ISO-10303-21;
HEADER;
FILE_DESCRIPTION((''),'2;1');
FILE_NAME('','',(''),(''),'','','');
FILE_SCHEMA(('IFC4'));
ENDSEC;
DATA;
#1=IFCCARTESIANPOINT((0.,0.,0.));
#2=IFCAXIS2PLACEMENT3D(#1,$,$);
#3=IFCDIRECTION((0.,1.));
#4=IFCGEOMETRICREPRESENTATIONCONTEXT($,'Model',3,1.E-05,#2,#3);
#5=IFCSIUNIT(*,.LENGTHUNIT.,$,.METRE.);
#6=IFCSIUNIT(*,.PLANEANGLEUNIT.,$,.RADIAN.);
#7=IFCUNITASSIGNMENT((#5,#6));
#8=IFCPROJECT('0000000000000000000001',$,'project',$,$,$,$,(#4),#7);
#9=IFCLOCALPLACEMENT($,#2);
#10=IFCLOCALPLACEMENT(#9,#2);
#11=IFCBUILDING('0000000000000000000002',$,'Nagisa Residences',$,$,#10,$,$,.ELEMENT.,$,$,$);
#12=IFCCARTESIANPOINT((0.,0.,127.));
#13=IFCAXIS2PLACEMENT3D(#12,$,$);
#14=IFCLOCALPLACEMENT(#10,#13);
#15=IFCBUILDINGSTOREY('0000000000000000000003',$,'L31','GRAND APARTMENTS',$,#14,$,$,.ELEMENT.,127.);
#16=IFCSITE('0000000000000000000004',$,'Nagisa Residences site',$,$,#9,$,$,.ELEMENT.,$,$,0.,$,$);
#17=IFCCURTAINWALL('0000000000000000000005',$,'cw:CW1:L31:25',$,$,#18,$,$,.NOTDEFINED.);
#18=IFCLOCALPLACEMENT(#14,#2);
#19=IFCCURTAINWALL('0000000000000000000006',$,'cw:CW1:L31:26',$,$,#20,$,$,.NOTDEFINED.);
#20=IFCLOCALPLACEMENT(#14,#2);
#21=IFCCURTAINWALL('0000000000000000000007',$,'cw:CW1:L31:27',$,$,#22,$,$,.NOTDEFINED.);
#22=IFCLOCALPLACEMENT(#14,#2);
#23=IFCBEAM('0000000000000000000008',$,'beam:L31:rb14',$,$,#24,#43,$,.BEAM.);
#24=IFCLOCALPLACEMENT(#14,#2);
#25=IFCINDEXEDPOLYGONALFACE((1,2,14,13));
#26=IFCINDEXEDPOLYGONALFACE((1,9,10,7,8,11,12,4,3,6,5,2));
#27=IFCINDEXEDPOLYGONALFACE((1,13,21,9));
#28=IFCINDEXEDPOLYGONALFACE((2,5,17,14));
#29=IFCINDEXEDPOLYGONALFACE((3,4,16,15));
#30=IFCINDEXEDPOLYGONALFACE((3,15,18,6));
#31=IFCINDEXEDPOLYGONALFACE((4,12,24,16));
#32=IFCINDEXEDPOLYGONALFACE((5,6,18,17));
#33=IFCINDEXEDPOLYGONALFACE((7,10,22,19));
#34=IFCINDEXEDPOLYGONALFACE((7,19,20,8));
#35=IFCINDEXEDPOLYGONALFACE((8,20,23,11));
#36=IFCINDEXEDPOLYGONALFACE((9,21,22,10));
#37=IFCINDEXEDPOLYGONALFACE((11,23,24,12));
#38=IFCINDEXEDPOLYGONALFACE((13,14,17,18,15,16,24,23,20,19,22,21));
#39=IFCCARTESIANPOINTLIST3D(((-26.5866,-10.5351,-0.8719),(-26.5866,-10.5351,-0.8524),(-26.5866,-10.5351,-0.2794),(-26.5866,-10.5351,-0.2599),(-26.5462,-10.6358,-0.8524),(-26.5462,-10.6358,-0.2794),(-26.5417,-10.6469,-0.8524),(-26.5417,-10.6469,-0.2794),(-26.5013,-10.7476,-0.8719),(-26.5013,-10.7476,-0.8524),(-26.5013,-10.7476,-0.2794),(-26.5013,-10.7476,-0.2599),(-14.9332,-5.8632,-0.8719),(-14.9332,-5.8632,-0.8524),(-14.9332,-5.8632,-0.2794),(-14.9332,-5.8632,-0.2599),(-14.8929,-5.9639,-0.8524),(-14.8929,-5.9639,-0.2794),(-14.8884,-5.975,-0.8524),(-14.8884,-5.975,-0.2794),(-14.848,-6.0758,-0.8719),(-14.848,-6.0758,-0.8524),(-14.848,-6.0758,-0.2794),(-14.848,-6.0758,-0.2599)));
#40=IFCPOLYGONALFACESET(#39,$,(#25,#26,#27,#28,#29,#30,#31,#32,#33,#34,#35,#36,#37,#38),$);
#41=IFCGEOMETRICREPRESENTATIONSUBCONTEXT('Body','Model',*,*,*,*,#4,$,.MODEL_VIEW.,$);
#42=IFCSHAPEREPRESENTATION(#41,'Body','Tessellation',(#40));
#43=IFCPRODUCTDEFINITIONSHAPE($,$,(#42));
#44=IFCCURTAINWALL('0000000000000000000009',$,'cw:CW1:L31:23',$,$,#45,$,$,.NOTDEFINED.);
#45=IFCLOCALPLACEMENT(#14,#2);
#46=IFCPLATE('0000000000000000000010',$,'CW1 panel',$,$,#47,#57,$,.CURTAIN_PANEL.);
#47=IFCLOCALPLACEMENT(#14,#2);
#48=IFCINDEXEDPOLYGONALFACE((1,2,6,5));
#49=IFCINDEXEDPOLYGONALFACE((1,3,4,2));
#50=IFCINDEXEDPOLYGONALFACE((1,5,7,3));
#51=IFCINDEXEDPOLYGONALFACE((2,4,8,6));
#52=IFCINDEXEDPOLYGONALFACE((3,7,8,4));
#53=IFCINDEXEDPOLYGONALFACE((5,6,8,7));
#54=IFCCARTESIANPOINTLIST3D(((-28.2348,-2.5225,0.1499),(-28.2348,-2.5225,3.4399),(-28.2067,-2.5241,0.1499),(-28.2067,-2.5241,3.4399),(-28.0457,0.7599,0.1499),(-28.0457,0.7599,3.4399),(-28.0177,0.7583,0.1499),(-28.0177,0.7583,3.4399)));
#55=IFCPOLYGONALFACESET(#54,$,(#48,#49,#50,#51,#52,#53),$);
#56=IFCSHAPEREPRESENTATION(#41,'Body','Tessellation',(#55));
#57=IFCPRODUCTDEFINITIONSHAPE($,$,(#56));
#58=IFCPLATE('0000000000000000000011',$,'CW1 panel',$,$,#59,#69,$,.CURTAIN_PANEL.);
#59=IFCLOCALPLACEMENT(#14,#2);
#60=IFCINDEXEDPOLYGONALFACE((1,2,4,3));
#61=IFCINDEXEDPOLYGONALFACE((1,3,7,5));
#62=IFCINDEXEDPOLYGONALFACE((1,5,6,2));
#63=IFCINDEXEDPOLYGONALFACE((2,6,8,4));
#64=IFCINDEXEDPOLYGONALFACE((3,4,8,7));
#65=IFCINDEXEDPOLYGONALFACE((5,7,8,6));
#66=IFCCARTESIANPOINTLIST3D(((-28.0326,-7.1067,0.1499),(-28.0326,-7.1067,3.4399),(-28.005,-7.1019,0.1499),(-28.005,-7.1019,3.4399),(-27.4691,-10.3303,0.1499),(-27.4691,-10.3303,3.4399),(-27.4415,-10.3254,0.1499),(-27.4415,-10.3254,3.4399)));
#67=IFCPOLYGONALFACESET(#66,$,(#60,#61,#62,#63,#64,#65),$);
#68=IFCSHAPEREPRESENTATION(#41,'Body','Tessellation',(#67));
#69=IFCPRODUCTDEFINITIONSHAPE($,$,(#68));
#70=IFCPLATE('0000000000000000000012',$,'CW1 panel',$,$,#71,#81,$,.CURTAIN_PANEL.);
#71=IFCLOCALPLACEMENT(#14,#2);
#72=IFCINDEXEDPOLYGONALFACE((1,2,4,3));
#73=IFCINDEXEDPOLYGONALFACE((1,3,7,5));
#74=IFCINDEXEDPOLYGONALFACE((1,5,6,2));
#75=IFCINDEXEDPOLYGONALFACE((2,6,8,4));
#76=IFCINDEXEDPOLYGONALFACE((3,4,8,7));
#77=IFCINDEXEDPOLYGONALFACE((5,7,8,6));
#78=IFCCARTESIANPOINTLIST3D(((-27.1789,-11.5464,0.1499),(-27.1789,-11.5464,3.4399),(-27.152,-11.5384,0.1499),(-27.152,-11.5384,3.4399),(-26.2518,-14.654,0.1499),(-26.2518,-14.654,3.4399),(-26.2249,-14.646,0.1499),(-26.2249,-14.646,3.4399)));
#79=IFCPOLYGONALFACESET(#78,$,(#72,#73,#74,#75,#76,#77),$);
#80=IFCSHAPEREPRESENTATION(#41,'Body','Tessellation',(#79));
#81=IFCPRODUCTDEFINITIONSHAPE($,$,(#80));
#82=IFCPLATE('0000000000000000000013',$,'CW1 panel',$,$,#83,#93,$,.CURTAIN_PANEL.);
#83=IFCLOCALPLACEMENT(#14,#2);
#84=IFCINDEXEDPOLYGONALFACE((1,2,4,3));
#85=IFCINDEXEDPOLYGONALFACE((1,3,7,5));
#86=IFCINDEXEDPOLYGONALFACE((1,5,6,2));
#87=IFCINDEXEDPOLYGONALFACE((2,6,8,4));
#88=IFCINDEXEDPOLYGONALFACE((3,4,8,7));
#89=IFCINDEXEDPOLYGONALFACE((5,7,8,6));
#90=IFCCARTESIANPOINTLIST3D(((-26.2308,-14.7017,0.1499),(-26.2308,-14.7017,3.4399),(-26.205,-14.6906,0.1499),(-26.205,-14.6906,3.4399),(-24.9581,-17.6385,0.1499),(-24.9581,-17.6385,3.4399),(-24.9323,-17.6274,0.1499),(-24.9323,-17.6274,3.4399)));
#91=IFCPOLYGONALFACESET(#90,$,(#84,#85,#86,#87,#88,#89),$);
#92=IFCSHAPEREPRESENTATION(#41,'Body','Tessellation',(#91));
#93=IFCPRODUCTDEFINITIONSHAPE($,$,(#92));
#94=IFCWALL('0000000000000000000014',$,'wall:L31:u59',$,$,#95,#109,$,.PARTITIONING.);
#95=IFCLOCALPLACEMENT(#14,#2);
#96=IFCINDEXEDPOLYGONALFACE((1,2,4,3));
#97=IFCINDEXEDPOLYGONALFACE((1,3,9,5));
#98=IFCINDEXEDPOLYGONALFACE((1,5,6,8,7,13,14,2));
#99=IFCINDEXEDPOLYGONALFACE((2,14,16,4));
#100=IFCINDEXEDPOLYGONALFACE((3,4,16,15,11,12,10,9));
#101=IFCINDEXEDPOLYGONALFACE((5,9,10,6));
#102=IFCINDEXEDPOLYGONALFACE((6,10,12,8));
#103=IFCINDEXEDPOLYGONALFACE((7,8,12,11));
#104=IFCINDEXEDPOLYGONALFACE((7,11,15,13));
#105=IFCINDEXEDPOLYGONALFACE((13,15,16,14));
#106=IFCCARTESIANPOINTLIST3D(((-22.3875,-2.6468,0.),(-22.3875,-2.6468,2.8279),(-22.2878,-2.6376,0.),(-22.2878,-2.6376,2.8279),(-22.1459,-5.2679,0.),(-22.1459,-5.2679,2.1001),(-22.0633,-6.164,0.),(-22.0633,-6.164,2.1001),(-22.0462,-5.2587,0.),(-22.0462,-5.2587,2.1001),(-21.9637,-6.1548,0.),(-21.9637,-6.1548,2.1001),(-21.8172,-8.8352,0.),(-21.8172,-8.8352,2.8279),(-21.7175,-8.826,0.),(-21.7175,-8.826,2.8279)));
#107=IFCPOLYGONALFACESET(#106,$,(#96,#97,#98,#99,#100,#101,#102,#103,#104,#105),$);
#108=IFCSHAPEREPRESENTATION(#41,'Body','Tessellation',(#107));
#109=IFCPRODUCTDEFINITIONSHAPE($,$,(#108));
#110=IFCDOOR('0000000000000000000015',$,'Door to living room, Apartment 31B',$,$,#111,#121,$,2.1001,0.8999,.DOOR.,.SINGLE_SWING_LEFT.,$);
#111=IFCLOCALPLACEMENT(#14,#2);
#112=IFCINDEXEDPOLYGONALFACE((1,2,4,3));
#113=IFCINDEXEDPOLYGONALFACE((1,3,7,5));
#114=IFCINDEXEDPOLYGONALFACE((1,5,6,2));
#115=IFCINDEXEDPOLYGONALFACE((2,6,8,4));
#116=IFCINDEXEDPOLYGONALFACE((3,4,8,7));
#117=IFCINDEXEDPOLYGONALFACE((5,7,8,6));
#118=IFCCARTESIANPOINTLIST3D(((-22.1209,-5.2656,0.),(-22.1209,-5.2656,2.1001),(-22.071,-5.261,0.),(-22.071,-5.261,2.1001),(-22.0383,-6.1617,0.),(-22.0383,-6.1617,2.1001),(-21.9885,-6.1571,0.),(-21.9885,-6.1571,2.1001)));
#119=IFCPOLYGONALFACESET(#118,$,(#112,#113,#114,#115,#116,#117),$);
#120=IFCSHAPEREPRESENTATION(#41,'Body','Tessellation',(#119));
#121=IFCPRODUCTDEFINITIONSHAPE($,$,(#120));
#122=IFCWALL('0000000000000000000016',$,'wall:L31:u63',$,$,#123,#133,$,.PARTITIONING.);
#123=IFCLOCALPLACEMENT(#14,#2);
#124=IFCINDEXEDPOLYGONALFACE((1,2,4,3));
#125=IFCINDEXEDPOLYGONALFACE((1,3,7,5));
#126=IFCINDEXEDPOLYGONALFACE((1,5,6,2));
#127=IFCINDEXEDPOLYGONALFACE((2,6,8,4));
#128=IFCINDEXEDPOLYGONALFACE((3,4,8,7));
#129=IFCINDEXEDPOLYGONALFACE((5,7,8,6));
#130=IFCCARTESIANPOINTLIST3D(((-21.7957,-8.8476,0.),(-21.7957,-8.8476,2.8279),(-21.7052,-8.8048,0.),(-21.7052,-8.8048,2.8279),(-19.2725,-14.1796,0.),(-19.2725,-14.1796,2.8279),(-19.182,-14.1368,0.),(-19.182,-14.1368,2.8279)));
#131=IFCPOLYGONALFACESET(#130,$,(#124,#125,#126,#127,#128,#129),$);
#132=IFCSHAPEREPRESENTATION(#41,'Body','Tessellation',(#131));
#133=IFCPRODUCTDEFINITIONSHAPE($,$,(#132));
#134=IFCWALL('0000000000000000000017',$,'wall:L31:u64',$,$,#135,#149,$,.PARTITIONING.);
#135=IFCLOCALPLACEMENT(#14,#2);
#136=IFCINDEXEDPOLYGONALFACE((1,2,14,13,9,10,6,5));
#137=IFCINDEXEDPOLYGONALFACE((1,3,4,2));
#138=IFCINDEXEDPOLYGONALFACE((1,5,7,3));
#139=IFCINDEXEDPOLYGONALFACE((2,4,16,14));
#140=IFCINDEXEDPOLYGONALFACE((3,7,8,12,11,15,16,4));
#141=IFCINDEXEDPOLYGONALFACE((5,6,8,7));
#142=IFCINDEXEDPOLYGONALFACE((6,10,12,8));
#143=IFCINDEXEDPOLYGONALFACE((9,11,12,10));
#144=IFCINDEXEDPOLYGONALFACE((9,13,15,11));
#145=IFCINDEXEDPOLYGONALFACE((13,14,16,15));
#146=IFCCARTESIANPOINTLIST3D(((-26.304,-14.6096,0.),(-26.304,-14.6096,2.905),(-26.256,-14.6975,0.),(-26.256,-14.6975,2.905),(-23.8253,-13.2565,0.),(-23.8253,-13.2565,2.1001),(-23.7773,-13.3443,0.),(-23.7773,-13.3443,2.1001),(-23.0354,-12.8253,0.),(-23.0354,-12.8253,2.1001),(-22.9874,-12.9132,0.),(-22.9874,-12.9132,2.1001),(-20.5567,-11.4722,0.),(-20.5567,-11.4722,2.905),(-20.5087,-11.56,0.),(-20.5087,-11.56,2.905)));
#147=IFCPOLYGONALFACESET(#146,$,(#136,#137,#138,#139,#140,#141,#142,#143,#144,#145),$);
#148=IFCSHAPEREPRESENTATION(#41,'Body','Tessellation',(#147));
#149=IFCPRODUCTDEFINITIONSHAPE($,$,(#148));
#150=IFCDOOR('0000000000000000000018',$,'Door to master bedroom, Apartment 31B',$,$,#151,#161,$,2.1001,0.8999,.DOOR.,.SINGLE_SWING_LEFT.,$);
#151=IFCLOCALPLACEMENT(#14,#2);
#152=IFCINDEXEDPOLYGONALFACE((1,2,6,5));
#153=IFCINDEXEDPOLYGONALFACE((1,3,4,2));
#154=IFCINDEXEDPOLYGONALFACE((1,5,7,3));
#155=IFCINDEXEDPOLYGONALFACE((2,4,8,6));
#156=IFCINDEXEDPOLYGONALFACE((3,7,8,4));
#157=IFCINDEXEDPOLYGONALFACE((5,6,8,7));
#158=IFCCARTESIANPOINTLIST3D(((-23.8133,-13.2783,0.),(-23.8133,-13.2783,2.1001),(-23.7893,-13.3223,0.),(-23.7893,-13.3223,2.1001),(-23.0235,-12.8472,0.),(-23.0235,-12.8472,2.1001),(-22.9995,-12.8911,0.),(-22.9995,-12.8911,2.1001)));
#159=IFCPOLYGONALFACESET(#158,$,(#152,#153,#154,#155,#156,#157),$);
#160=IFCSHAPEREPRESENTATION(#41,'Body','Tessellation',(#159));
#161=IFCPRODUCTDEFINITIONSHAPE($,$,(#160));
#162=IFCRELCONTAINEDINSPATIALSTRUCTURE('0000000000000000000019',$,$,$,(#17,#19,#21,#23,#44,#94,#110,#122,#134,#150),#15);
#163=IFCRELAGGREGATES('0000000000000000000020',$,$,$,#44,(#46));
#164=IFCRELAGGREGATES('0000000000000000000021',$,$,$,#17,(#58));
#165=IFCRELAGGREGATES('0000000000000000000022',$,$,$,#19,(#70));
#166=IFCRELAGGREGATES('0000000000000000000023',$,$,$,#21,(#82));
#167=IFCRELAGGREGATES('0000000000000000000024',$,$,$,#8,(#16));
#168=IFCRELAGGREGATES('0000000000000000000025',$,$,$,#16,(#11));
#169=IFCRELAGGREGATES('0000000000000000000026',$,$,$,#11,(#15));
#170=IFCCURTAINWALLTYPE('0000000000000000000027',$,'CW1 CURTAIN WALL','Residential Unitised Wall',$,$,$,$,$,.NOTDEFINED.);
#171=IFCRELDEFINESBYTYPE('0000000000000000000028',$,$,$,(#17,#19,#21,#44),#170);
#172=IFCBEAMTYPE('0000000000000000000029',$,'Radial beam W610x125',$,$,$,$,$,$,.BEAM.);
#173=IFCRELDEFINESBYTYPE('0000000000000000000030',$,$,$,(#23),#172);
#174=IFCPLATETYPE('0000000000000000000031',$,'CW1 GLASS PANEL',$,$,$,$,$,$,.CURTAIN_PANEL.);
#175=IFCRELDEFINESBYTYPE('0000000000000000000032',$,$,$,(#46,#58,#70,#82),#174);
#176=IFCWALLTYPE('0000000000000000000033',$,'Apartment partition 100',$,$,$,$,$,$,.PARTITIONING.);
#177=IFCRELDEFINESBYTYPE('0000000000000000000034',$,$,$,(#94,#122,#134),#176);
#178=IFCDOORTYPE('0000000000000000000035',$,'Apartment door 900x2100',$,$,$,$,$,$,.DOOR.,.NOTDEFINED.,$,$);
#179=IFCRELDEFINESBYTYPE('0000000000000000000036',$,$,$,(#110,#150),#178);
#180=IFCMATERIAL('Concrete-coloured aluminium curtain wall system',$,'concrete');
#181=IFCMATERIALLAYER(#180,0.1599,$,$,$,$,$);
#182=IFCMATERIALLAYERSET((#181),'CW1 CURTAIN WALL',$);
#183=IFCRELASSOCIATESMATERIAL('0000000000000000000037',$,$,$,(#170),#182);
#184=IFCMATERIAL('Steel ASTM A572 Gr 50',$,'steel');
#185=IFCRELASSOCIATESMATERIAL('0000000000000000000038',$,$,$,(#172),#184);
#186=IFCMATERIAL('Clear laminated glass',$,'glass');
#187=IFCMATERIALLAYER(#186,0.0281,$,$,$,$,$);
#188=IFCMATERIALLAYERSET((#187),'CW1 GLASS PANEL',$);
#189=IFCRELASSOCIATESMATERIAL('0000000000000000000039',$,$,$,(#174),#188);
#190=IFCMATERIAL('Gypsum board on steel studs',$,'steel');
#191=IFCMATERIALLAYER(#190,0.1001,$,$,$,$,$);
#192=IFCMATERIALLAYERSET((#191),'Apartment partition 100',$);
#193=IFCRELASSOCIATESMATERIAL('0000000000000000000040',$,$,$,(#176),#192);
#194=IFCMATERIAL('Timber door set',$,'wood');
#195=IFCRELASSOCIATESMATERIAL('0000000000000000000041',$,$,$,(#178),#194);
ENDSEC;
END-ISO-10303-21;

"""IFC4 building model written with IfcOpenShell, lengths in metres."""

from ifc_helpers import new_model, si_unit, direction, frame, frame_2d, origin, origin_2d, place, context, subcontext, project, spatial, rectangle, i_section, extrude, material, layer, layer_set, material_profile, profile_set, type_object, element, fill, aggregate, save


model = new_model("IFC4")

# Units and contexts
model_context = context("Model", 3, precision=1e-05, world=origin(), true_north=direction((0.0, 1.0)))
body_context = subcontext(model_context, "Body", "Model", "MODEL_VIEW")
ifc_project = project(units=[si_unit("LENGTHUNIT", "METRE"), si_unit("PLANEANGLEUNIT", "RADIAN")], contexts=[model_context])

# Site, building, storey
site_placement = place(None, origin())
site = spatial("IfcSite", under=ifc_project, at=site_placement, Name="Nagisa Residences site", CompositionType="ELEMENT", RefElevation=0.0)
building_placement = place(site_placement, origin())
building = spatial("IfcBuilding", under=site, at=building_placement, Name="Nagisa Residences", CompositionType="ELEMENT")
storey_placement = place(building_placement, frame((0.0, 0.0, 127.0)))
storey = spatial("IfcBuildingStorey", under=building, at=storey_placement, Name="L31", Description="GRAND APARTMENTS", CompositionType="ELEMENT", Elevation=127.0)

# Curtain walls
ifc_material_1 = material(Name="Concrete-coloured aluminium curtain wall system", Category="concrete")
ifc_layer_1 = layer(ifc_material_1, 0.1599)
ifc_layer_set_1 = layer_set([ifc_layer_1], Name="CW1 CURTAIN WALL")
curtain_wall_type = type_object("IfcCurtainWallType", Name="CW1 CURTAIN WALL", Description="Residential Unitised Wall", PredefinedType="NOTDEFINED", material=ifc_layer_set_1)
curtain_wall_1_placement = place(storey_placement, origin())
curtain_wall_1 = element("IfcCurtainWall", 1, at=curtain_wall_1_placement, inside=storey, type_object=curtain_wall_type, Name="cw:CW1:L31:25", PredefinedType="NOTDEFINED")
curtain_wall_2_placement = place(storey_placement, origin())
curtain_wall_2 = element("IfcCurtainWall", 2, at=curtain_wall_2_placement, inside=storey, type_object=curtain_wall_type, Name="cw:CW1:L31:26", PredefinedType="NOTDEFINED")
curtain_wall_3_placement = place(storey_placement, origin())
curtain_wall_3 = element("IfcCurtainWall", 3, at=curtain_wall_3_placement, inside=storey, type_object=curtain_wall_type, Name="cw:CW1:L31:27", PredefinedType="NOTDEFINED")

# Beam
ifc_material_2 = material(Name="Steel ASTM A572 Gr 50", Category="steel")
ifc_material_profile_1 = material_profile(ifc_material_2, i_section(OverallWidth=0.229, OverallDepth=0.6121, WebThickness=0.012, FlangeThickness=0.0195, at=origin_2d()), Name="W610x125")
ifc_profile_set_1 = profile_set([ifc_material_profile_1], Name="Steel ASTM A572 Gr 50")
beam_type_1 = type_object("IfcBeamType", Name="Radial beam W610x125", PredefinedType="BEAM", material=ifc_profile_set_1)
beam_1_placement = place(storey_placement, frame((-26.5439, -10.6414, -0.5659), z_axis=(0.928187, 0.372115, 0.0), x_axis=(-0.372115, 0.928187, 0.0)))
element("IfcBeam", 4, at=beam_1_placement, inside=storey, type_object=beam_type_1, Name="beam:L31:rb14", PredefinedType="BEAM", context=body_context, shape_type="SweptSolid", body=[
    extrude(i_section(OverallWidth=0.229, OverallDepth=0.6121, WebThickness=0.012, FlangeThickness=0.0195, at=origin_2d()), origin(), (0.0, 0.0, 1.0), 12.5549),
])

# Curtain wall, plate
curtain_wall_4_placement = place(storey_placement, origin())
curtain_wall_4 = element("IfcCurtainWall", 5, at=curtain_wall_4_placement, inside=storey, type_object=curtain_wall_type, Name="cw:CW1:L31:23", PredefinedType="NOTDEFINED")
ifc_material_3 = material(Name="Clear laminated glass", Category="glass")
ifc_layer_2 = layer(ifc_material_3, 0.0281)
ifc_layer_set_2 = layer_set([ifc_layer_2], Name="CW1 GLASS PANEL")
plate_type = type_object("IfcPlateType", Name="CW1 GLASS PANEL", PredefinedType="CURTAIN_PANEL", material=ifc_layer_set_2)
plate_1_placement = place(storey_placement, frame((-28.1262, -0.8821, 0.1499), z_axis=(0.0, 0.0, 1.0), x_axis=(-0.057503, -0.998345, 0.0)))
plate_1 = element("IfcPlate", 6, at=plate_1_placement, type_object=plate_type, Name="CW1 panel", PredefinedType="CURTAIN_PANEL", context=body_context, shape_type="SweptSolid", body=[
    extrude(rectangle(XDim=3.2878, YDim=0.0281, at=origin_2d()), origin(), (0.0, 0.0, 1.0), 3.29),
])
aggregate(curtain_wall_4, [plate_1])

# Plates
plate_2_placement = place(storey_placement, frame((-27.7371, -8.7161, 0.1499), z_axis=(0.0, 0.0, 1.0), x_axis=(0.172191, -0.985064, 0.0)))
plate_2 = element("IfcPlate", 7, at=plate_2_placement, type_object=plate_type, Name="CW1 panel", PredefinedType="CURTAIN_PANEL", context=body_context, shape_type="SweptSolid", body=[
    extrude(rectangle(XDim=3.2725, YDim=0.0281, at=origin_2d()), origin(), (0.0, 0.0, 1.0), 3.29),
])
aggregate(curtain_wall_1, [plate_2])
plate_3_placement = place(storey_placement, frame((-26.7019, -13.0962, 0.1499), z_axis=(0.0, 0.0, 1.0), x_axis=(0.28586, -0.958271, 0.0)))
plate_3 = element("IfcPlate", 8, at=plate_3_placement, type_object=plate_type, Name="CW1 panel", PredefinedType="CURTAIN_PANEL", context=body_context, shape_type="SweptSolid", body=[
    extrude(rectangle(XDim=3.2429, YDim=0.0281, at=origin_2d()), origin(), (0.0, 0.0, 1.0), 3.29),
])
aggregate(curtain_wall_2, [plate_3])
plate_4_placement = place(storey_placement, frame((-25.5815, -16.1646, 0.1499), z_axis=(0.0, 0.0, 1.0), x_axis=(0.397636, -0.917543, 0.0)))
plate_4 = element("IfcPlate", 9, at=plate_4_placement, type_object=plate_type, Name="CW1 panel", PredefinedType="CURTAIN_PANEL", context=body_context, shape_type="SweptSolid", body=[
    extrude(rectangle(XDim=3.2007, YDim=0.0281, at=origin_2d()), origin(), (0.0, 0.0, 1.0), 3.29),
])
aggregate(curtain_wall_3, [plate_4])

# Wall, opening, door
ifc_material_4 = material(Name="Gypsum board on steel studs", Category="steel")
ifc_layer_3 = layer(ifc_material_4, 0.1001)
ifc_layer_set_3 = layer_set([ifc_layer_3], Name="Apartment partition 100")
wall_type_1 = type_object("IfcWallType", Name="Apartment partition 100", PredefinedType="PARTITIONING", material=ifc_layer_set_3)
wall_1_placement = place(storey_placement, frame((-22.3376, -2.6421, 0.0), z_axis=(0.0, 0.0, 1.0), x_axis=(0.091768, -0.99578, 0.0)))
wall_1 = element("IfcWall", 10, at=wall_1_placement, inside=storey, type_object=wall_type_1, Name="wall:L31:u59", PredefinedType="PARTITIONING", context=body_context, shape_type="SweptSolid", body=[
    extrude(rectangle(XDim=6.2146, YDim=0.1001, at=frame_2d((3.1074, 0.0))), origin(), (0.0, 0.0, 1.0), 2.8279),
])
opening_1_placement = place(wall_1_placement, frame((2.6323, 0.0, 0.0)))
opening_1 = element("IfcOpeningElement", 11, at=opening_1_placement, cuts=wall_1, PredefinedType="OPENING", context=body_context, shape_type="SweptSolid", body=[
    extrude(rectangle(XDim=0.8999, YDim=2.1001, at=frame_2d((0.45, 1.05))), frame((0.0, 0.0601, 0.0), z_axis=(0.0, -1.0, 0.0), x_axis=(1.0, 0.0, 0.0)), (0.0, 0.0, 1.0), 0.1201),
])
ifc_material_5 = material(Name="Timber door set", Category="wood")
door_type_1 = type_object("IfcDoorType", Name="Apartment door 900x2100", OperationType="NOTDEFINED", PredefinedType="DOOR", material=ifc_material_5)
door_1_placement = place(opening_1_placement, frame((0.8999, 0.0, 0.0), x_axis=(-1.0, 0.0, 0.0)))
door_1 = element("IfcDoor", 12, at=door_1_placement, inside=storey, type_object=door_type_1, Name="Door to living room, Apartment 31B", OperationType="SINGLE_SWING_LEFT", OverallHeight=2.1001, OverallWidth=0.8999, PredefinedType="DOOR", context=body_context, shape_type="SweptSolid", body=[
    extrude(rectangle(XDim=0.8999, YDim=2.1001, at=frame_2d((0.45, 1.05))), frame((0.0, 0.0249, 0.0), z_axis=(0.0, -1.0, 0.0), x_axis=(1.0, 0.0, 0.0)), (0.0, 0.0, 1.0), 0.05),
])
fill(opening_1, door_1)

# Wall
wall_2_placement = place(storey_placement, frame((-21.7505, -8.8262, 0.0), z_axis=(0.0, 0.0, 1.0), x_axis=(0.427739, -0.903902, 0.0)))
element("IfcWall", 13, at=wall_2_placement, inside=storey, type_object=wall_type_1, Name="wall:L31:u63", PredefinedType="PARTITIONING", context=body_context, shape_type="SweptSolid", body=[
    extrude(rectangle(XDim=5.8989, YDim=0.1001, at=frame_2d((2.9495, 0.0))), origin(), (0.0, 0.0, 1.0), 2.8279),
])

# Wall, opening, door
wall_3_placement = place(storey_placement, frame((-20.5327, -11.5161, 0.0), z_axis=(0.0, 0.0, 1.0), x_axis=(-0.877732, -0.479153, 0.0)))
wall_3 = element("IfcWall", 14, at=wall_3_placement, inside=storey, type_object=wall_type_1, Name="wall:L31:u64", PredefinedType="PARTITIONING", context=body_context, shape_type="SweptSolid", body=[
    extrude(rectangle(XDim=6.5479, YDim=0.1001, at=frame_2d((3.2739, 0.0))), origin(), (0.0, 0.0, 1.0), 2.905),
])
opening_2_placement = place(wall_3_placement, frame((2.824, 0.0, 0.0)))
opening_2 = element("IfcOpeningElement", 15, at=opening_2_placement, cuts=wall_3, PredefinedType="OPENING", context=body_context, shape_type="SweptSolid", body=[
    extrude(rectangle(XDim=0.8999, YDim=2.1001, at=frame_2d((0.45, 1.05))), frame((0.0, 0.0601, 0.0), z_axis=(0.0, -1.0, 0.0), x_axis=(1.0, 0.0, 0.0)), (0.0, 0.0, 1.0), 0.1201),
])
door_2_placement = place(opening_2_placement, origin())
door_2 = element("IfcDoor", 16, at=door_2_placement, inside=storey, type_object=door_type_1, Name="Door to master bedroom, Apartment 31B", OperationType="SINGLE_SWING_LEFT", OverallHeight=2.1001, OverallWidth=0.8999, PredefinedType="DOOR", context=body_context, shape_type="SweptSolid", body=[
    extrude(rectangle(XDim=0.8999, YDim=2.1001, at=frame_2d((0.45, 1.05))), frame((0.0, 0.0249, 0.0), z_axis=(0.0, -1.0, 0.0), x_axis=(1.0, 0.0, 0.0)), (0.0, 0.0, 1.0), 0.05),
])
fill(opening_2, door_2)

save(model, "model.ifc")
